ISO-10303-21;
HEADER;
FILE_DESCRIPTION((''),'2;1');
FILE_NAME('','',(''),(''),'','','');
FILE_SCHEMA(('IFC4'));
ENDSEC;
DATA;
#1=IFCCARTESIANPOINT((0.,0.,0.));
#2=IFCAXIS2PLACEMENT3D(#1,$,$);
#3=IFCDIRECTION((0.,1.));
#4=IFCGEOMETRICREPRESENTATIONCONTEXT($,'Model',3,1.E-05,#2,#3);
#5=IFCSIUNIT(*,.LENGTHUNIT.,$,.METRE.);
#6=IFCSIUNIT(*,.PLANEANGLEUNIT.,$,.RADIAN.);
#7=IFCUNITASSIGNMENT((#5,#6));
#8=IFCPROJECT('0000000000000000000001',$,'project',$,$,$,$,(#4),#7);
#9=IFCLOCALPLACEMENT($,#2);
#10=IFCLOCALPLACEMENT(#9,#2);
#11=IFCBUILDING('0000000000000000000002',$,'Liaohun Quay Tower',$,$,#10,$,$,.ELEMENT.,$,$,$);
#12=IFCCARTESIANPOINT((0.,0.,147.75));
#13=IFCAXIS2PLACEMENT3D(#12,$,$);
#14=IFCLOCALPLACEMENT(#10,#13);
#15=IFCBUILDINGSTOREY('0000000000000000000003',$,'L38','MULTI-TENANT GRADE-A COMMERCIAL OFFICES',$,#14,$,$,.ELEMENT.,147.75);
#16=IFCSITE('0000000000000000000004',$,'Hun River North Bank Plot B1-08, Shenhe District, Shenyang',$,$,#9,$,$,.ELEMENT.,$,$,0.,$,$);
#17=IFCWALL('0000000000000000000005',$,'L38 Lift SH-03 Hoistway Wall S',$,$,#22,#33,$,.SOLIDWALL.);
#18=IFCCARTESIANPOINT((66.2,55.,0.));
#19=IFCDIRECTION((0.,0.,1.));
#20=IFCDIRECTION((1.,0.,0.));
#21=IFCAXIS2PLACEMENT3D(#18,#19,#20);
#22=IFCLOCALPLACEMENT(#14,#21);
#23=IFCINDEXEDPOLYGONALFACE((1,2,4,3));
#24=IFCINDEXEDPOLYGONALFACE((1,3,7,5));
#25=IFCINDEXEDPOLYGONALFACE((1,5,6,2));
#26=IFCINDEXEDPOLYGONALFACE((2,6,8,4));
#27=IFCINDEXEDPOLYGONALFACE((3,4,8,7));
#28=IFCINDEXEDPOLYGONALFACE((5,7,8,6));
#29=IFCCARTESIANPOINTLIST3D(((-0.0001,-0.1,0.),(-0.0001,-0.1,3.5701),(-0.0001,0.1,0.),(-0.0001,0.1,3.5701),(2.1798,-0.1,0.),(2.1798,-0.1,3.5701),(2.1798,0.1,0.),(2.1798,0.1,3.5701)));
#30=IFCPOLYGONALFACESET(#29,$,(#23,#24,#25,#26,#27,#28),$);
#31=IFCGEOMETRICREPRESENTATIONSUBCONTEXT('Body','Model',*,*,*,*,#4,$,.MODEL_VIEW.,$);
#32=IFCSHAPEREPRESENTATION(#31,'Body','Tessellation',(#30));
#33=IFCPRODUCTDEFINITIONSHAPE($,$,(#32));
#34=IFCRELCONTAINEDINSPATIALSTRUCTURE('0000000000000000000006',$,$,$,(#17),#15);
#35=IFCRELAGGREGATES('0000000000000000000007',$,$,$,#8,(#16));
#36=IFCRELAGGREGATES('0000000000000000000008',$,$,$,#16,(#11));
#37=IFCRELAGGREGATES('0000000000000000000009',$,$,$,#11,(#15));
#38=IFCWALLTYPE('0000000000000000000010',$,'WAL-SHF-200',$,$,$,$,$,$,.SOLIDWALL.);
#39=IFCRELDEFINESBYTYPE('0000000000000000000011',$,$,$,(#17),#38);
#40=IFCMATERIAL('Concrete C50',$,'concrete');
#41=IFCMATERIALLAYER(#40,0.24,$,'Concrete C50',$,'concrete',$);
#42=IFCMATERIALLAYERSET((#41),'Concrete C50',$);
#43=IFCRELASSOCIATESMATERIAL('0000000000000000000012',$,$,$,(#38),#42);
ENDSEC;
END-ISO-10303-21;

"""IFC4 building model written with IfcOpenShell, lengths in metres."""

from ifc_helpers import new_model, si_unit, direction, frame, frame_2d, origin, place, context, subcontext, project, spatial, rectangle, extrude, material, layer, layer_set, type_object, element, save


model = new_model("IFC4")

# Units and contexts
model_context = context("Model", 3, precision=1e-05, world=origin(), true_north=direction((0.0, 1.0)))
body_context = subcontext(model_context, "Body", "Model", "MODEL_VIEW")
ifc_project = project(units=[si_unit("LENGTHUNIT", "METRE"), si_unit("PLANEANGLEUNIT", "RADIAN")], contexts=[model_context])

# Site, building, storey
site_placement = place(None, origin())
site = spatial("IfcSite", under=ifc_project, at=site_placement, Name="Hun River North Bank Plot B1-08, Shenhe District, Shenyang", CompositionType="ELEMENT", RefElevation=0.0)
building_placement = place(site_placement, origin())
building = spatial("IfcBuilding", under=site, at=building_placement, Name="Liaohun Quay Tower", CompositionType="ELEMENT")
storey_placement = place(building_placement, frame((0.0, 0.0, 147.75)))
storey = spatial("IfcBuildingStorey", under=building, at=storey_placement, Name="L38", Description="MULTI-TENANT GRADE-A COMMERCIAL OFFICES", CompositionType="ELEMENT", Elevation=147.75)

# Shared definitions
ifc_material_1 = material(Name="Concrete C50", Category="concrete")
ifc_layer_1 = layer(ifc_material_1, 0.24, Name="Concrete C50", Category="concrete")
ifc_layer_set_1 = layer_set([ifc_layer_1], Name="Concrete C50")
wall_type_1 = type_object("IfcWallType", Name="WAL-SHF-200", PredefinedType="SOLIDWALL", material=ifc_layer_set_1)

# Wall
wall_1_placement = place(storey_placement, frame((66.2, 55.0, 0.0), z_axis=(0.0, 0.0, 1.0), x_axis=(1.0, 0.0, 0.0)))
element("IfcWall", 1, at=wall_1_placement, inside=storey, type_object=wall_type_1, Name="L38 Lift SH-03 Hoistway Wall S", PredefinedType="SOLIDWALL", context=body_context, shape_type="SweptSolid", body=[
    extrude(rectangle(XDim=2.1799, YDim=0.2, at=frame_2d((1.0898, 0.0))), origin(), (0.0, 0.0, 1.0), 3.5701),
])

save(model, "model.ifc")
